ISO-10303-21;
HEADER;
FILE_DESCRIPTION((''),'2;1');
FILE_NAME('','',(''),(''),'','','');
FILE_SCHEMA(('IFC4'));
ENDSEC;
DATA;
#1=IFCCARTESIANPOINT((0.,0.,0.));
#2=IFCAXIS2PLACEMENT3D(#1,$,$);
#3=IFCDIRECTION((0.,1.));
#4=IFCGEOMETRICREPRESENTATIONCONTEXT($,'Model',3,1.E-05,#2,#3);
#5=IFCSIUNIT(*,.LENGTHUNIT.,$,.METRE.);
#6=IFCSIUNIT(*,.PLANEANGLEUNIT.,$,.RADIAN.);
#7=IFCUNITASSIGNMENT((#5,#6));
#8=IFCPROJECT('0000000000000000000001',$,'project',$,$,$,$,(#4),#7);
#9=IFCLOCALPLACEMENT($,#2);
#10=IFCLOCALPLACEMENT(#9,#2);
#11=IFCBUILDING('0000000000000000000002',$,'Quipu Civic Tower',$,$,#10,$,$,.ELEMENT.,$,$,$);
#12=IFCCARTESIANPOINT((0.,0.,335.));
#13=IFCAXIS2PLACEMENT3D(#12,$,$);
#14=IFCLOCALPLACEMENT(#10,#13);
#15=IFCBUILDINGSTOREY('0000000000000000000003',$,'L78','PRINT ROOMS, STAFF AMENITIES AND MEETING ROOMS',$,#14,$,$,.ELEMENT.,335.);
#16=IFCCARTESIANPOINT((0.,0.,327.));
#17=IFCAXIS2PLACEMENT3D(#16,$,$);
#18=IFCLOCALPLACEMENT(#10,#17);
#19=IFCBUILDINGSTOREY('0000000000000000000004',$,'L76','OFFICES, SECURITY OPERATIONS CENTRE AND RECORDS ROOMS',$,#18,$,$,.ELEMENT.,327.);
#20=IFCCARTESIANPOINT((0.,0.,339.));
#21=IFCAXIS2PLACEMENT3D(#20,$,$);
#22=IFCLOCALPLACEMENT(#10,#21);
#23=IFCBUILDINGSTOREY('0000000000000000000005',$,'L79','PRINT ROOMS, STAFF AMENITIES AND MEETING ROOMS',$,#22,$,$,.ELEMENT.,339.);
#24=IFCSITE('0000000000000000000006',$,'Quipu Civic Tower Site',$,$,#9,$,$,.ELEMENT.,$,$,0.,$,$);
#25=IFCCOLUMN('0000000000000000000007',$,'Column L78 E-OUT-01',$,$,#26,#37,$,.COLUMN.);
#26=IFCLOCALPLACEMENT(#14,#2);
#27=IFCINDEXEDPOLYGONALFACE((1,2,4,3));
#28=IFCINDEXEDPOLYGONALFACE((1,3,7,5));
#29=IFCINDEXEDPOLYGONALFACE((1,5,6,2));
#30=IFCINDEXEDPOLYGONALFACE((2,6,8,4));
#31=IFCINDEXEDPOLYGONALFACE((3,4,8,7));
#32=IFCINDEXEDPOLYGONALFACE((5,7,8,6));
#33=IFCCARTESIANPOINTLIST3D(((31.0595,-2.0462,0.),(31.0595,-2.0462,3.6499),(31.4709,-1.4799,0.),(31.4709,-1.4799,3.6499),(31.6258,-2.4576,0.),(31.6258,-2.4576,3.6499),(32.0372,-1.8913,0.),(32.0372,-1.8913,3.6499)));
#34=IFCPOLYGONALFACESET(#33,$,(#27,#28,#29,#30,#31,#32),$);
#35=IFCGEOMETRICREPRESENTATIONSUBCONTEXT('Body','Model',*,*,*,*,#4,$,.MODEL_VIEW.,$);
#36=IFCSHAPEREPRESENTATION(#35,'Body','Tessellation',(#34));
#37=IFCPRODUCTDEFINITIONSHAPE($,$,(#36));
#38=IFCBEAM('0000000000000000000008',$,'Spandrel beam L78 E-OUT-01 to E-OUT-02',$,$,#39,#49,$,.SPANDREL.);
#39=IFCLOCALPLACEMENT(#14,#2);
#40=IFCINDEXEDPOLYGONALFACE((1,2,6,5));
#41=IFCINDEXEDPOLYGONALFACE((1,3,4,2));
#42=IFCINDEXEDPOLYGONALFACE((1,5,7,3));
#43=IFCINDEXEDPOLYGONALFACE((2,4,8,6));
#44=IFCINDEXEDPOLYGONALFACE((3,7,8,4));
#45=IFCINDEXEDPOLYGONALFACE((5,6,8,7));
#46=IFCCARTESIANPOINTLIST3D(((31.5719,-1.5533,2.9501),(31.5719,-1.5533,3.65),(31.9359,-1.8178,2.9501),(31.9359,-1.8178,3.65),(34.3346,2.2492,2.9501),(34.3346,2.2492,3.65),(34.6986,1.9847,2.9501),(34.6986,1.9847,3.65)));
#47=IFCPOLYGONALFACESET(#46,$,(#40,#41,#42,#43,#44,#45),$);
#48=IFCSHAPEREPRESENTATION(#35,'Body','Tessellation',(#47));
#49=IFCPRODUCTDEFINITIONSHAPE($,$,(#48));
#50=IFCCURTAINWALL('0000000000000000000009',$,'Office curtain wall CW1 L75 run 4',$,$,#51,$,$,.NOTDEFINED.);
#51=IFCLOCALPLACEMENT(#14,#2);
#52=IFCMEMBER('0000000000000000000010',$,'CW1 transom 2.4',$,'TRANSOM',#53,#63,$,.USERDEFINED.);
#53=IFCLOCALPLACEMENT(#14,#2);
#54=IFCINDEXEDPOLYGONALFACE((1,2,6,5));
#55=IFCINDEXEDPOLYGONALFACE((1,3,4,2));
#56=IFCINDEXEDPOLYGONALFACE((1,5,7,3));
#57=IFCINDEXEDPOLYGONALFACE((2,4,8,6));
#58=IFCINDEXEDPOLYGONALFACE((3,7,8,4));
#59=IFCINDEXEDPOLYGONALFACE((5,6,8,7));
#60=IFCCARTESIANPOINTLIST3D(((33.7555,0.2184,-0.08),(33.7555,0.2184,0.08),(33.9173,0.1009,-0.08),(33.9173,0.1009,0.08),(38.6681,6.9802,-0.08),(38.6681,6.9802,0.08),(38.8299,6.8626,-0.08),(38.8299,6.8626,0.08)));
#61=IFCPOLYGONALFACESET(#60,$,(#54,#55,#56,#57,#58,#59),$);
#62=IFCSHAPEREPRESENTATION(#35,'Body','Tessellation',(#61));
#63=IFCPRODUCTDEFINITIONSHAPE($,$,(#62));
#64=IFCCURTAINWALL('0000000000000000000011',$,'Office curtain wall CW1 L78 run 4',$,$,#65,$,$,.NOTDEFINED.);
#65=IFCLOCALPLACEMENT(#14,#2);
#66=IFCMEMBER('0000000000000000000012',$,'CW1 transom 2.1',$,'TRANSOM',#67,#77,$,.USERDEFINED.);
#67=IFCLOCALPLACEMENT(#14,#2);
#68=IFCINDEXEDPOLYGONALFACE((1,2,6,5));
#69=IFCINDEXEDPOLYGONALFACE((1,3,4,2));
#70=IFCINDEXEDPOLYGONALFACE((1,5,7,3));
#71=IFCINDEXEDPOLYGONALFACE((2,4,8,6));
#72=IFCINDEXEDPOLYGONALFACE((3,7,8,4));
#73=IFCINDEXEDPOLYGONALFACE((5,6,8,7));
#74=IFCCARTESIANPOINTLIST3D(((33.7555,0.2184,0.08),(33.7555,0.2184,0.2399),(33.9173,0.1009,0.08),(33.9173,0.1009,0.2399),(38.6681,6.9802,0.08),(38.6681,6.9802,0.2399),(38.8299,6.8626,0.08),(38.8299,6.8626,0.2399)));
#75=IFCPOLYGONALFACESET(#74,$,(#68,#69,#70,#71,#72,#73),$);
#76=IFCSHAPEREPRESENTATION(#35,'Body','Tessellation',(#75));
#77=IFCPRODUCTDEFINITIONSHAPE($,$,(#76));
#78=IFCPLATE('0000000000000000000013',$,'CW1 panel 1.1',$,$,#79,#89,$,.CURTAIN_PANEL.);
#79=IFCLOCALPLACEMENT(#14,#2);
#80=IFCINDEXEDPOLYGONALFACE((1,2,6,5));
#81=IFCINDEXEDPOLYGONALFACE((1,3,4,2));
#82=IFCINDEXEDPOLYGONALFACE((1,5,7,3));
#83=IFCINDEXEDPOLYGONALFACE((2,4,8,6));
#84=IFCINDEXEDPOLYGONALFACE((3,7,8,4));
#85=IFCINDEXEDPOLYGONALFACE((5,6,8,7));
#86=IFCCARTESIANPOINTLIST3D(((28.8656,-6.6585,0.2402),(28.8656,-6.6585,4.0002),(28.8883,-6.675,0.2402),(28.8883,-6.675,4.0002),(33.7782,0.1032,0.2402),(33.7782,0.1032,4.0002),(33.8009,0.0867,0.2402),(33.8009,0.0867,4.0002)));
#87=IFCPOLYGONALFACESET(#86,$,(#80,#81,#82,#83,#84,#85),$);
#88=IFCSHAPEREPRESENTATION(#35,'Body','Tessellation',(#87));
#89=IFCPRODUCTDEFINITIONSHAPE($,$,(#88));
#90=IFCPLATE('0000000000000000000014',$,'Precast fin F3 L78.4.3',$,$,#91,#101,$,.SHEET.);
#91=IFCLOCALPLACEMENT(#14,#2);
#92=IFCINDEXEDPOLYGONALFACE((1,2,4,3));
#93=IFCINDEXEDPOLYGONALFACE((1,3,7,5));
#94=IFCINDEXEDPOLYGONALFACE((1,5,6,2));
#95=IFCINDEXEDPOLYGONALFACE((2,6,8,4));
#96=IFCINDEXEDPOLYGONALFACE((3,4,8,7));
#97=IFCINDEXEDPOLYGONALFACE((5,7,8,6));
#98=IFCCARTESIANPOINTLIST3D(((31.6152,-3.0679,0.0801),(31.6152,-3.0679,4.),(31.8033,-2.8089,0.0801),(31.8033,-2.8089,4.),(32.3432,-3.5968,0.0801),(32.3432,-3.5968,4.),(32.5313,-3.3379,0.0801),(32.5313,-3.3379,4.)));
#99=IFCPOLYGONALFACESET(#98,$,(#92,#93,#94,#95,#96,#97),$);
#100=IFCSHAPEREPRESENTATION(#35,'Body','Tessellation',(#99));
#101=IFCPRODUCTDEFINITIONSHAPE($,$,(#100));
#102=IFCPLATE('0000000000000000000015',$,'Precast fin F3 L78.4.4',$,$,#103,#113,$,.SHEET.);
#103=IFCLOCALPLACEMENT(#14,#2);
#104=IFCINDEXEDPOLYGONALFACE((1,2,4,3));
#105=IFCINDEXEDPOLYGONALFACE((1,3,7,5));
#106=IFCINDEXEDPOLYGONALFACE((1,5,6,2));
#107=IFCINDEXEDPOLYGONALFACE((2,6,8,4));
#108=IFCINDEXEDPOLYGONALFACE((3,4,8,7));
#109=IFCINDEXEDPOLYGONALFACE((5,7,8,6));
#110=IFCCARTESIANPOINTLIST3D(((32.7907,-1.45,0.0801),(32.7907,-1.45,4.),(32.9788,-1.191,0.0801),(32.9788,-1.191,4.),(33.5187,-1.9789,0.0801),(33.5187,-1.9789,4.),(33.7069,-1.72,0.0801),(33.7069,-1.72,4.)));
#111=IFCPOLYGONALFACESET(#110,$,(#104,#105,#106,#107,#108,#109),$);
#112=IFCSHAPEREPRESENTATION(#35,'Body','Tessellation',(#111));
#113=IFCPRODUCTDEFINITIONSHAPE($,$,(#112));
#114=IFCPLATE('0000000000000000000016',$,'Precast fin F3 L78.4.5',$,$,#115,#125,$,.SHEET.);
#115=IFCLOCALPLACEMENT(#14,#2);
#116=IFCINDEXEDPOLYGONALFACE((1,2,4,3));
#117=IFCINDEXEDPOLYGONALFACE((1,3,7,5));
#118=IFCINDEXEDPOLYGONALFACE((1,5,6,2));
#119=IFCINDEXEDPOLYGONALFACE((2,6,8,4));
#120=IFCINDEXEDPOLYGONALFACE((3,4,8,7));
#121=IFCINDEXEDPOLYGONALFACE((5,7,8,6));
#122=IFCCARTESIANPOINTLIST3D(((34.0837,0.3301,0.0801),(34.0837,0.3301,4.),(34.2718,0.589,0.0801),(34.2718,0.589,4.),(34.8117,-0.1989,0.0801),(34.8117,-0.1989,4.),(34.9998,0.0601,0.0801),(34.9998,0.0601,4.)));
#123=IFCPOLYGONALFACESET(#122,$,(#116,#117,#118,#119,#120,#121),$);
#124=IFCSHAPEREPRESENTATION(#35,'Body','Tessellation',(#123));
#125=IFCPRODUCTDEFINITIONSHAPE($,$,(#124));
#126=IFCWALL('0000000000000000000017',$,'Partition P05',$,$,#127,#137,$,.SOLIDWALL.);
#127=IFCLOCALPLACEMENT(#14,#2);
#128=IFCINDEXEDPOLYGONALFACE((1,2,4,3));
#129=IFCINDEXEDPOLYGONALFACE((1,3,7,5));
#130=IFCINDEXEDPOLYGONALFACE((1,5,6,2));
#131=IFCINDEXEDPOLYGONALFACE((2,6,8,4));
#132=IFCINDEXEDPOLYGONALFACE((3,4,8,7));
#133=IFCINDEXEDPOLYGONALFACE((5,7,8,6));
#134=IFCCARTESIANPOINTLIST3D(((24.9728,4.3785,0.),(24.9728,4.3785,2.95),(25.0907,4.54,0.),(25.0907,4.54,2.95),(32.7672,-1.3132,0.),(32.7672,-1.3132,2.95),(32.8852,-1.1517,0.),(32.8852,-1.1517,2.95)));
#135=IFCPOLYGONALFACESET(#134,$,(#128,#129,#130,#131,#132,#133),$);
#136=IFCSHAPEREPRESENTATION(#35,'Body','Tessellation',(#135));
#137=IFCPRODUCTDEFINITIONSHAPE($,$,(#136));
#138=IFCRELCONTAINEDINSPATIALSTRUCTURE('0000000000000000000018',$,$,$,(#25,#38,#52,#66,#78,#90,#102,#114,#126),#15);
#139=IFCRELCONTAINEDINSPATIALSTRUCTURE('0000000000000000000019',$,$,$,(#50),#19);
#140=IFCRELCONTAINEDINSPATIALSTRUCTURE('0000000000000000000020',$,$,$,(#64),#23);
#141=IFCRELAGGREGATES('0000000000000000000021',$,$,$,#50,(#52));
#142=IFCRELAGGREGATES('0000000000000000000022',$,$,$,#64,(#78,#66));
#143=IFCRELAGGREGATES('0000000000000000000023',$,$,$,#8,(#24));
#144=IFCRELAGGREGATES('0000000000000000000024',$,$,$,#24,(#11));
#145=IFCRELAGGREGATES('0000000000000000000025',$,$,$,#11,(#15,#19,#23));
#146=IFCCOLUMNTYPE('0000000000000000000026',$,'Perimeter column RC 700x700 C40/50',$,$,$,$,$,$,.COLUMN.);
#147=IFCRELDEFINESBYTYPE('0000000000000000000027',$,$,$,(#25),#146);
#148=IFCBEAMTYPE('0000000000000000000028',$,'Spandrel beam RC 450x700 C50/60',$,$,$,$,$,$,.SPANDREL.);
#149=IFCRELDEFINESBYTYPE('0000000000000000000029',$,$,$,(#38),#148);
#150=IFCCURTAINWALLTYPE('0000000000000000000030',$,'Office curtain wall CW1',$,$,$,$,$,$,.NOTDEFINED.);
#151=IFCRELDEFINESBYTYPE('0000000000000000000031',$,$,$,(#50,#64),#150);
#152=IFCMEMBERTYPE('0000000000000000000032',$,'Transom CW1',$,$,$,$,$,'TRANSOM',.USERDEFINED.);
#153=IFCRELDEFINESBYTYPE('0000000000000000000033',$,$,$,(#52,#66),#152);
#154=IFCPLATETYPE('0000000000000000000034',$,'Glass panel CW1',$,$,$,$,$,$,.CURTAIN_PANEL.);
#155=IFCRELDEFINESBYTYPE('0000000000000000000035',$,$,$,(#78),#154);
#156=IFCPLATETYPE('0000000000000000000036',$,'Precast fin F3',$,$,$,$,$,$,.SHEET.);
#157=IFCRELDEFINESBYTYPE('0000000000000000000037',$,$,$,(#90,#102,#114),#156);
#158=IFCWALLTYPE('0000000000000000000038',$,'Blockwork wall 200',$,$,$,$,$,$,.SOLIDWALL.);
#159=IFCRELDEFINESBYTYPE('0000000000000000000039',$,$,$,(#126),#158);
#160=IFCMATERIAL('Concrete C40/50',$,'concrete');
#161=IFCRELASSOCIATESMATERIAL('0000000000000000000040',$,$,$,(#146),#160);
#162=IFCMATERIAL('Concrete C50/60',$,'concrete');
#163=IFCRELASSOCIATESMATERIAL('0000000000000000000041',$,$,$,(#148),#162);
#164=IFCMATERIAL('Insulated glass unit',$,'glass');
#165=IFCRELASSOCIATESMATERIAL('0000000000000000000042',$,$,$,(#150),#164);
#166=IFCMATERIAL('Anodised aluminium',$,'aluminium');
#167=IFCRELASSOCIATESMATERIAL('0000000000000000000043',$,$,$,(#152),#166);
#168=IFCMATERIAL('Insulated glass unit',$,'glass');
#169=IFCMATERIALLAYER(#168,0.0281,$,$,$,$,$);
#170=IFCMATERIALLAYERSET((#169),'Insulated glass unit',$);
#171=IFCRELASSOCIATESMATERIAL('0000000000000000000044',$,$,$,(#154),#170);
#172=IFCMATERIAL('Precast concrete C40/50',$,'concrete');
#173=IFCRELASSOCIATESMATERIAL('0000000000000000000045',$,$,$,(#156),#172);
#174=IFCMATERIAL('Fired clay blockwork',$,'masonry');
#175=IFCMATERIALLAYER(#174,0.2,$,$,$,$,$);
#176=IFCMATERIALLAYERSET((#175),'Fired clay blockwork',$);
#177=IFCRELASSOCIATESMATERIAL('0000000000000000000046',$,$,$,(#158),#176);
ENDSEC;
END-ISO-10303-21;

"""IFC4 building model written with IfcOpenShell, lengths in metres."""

from ifc_helpers import new_model, si_unit, direction, frame, frame_2d, origin, origin_2d, place, context, subcontext, project, spatial, rectangle, extrude, material, layer, layer_set, material_profile, profile_set, type_object, element, aggregate, save


model = new_model("IFC4")

# Units and contexts
model_context = context("Model", 3, precision=1e-05, world=origin(), true_north=direction((0.0, 1.0)))
body_context = subcontext(model_context, "Body", "Model", "MODEL_VIEW")
ifc_project = project(units=[si_unit("LENGTHUNIT", "METRE"), si_unit("PLANEANGLEUNIT", "RADIAN")], contexts=[model_context])

# Site, building, storey
site_placement = place(None, origin())
site = spatial("IfcSite", under=ifc_project, at=site_placement, Name="Quipu Civic Tower Site", CompositionType="ELEMENT", RefElevation=0.0)
building_placement = place(site_placement, origin())
building = spatial("IfcBuilding", under=site, at=building_placement, Name="Quipu Civic Tower", CompositionType="ELEMENT")
storey_1_placement = place(building_placement, frame((0.0, 0.0, 335.0)))
storey_1 = spatial("IfcBuildingStorey", under=building, at=storey_1_placement, Name="L78", Description="PRINT ROOMS, STAFF AMENITIES AND MEETING ROOMS", CompositionType="ELEMENT", Elevation=335.0)

# Column
ifc_material_1 = material(Name="Concrete C40/50", Category="concrete")
ifc_material_profile_1 = material_profile(ifc_material_1, rectangle(XDim=0.7, YDim=0.7, at=origin_2d()), Name="RC700x700")
ifc_profile_set_1 = profile_set([ifc_material_profile_1], Name="Concrete C40/50")
column_type = type_object("IfcColumnType", Name="Perimeter column RC 700x700 C40/50", PredefinedType="COLUMN", material=ifc_profile_set_1)
column_placement = place(storey_1_placement, frame((31.5483, -1.9688, 0.0), z_axis=(0.0, 0.0, 1.0), x_axis=(0.587785, 0.809017, 0.0)))
element("IfcColumn", 1, at=column_placement, inside=storey_1, type_object=column_type, Name="Column L78 E-OUT-01", PredefinedType="COLUMN", context=body_context, shape_type="SweptSolid", body=[
    extrude(rectangle(XDim=0.7, YDim=0.7, at=origin_2d()), origin(), (0.0, 0.0, 1.0), 3.6499),
])

# Beam
ifc_material_2 = material(Name="Concrete C50/60", Category="concrete")
ifc_material_profile_2 = material_profile(ifc_material_2, rectangle(XDim=0.45, YDim=0.7, at=origin_2d()), Name="RC450x700")
ifc_profile_set_2 = profile_set([ifc_material_profile_2], Name="Concrete C50/60")
beam_type = type_object("IfcBeamType", Name="Spandrel beam RC 450x700 C50/60", PredefinedType="SPANDREL", material=ifc_profile_set_2)
beam_placement = place(storey_1_placement, frame((31.7539, -1.6855, 3.3), z_axis=(0.587789, 0.809015, 0.0), x_axis=(-0.809015, 0.587789, 0.0)))
element("IfcBeam", 2, at=beam_placement, inside=storey_1, type_object=beam_type, Name="Spandrel beam L78 E-OUT-01 to E-OUT-02", PredefinedType="SPANDREL", context=body_context, shape_type="SweptSolid", body=[
    extrude(rectangle(XDim=0.45, YDim=0.7, at=origin_2d()), origin(), (0.0, 0.0, 1.0), 4.7002),
])

# Shared definitions
storey_2_placement = place(building_placement, frame((0.0, 0.0, 327.0)))
storey_2 = spatial("IfcBuildingStorey", under=building, at=storey_2_placement, Name="L76", Description="OFFICES, SECURITY OPERATIONS CENTRE AND RECORDS ROOMS", CompositionType="ELEMENT", Elevation=327.0)

# Curtain wall, member
ifc_material_3 = material(Name="Insulated glass unit", Category="glass")
curtain_wall_type = type_object("IfcCurtainWallType", Name="Office curtain wall CW1", PredefinedType="NOTDEFINED", material=ifc_material_3)
curtain_wall_1_placement = place(storey_2_placement, origin())
curtain_wall_1 = element("IfcCurtainWall", 3, at=curtain_wall_1_placement, inside=storey_2, type_object=curtain_wall_type, Name="Office curtain wall CW1 L75 run 4", PredefinedType="NOTDEFINED")
ifc_material_4 = material(Name="Anodised aluminium", Category="aluminium")
ifc_material_profile_3 = material_profile(ifc_material_4, rectangle(XDim=0.2, YDim=0.1599, at=origin_2d()), Name="RECT 200x160")
ifc_profile_set_3 = profile_set([ifc_material_profile_3], Name="Anodised aluminium")
member_type = type_object("IfcMemberType", Name="Transom CW1", ElementType="TRANSOM", PredefinedType="USERDEFINED", material=ifc_profile_set_3)
member_1_placement = place(storey_1_placement, frame((33.8364, 0.1597, 0.0), z_axis=(0.587779, 0.809021, 0.0), x_axis=(-0.809021, 0.587779, 0.0)))
member_1 = element("IfcMember", 4, at=member_1_placement, inside=storey_1, type_object=member_type, Name="CW1 transom 2.4", ObjectType="TRANSOM", PredefinedType="USERDEFINED", context=body_context, shape_type="SweptSolid", body=[
    extrude(rectangle(XDim=0.2, YDim=0.1599, at=origin_2d()), origin(), (0.0, 0.0, 1.0), 8.3579),
])
aggregate(curtain_wall_1, [member_1])

# Shared definitions
storey_3_placement = place(building_placement, frame((0.0, 0.0, 339.0)))
storey_3 = spatial("IfcBuildingStorey", under=building, at=storey_3_placement, Name="L79", Description="PRINT ROOMS, STAFF AMENITIES AND MEETING ROOMS", CompositionType="ELEMENT", Elevation=339.0)

# Curtain wall, member, plate
curtain_wall_2_placement = place(storey_3_placement, origin())
curtain_wall_2 = element("IfcCurtainWall", 5, at=curtain_wall_2_placement, inside=storey_3, type_object=curtain_wall_type, Name="Office curtain wall CW1 L78 run 4", PredefinedType="NOTDEFINED")
member_2_placement = place(storey_1_placement, frame((33.8364, 0.1597, 0.1599), z_axis=(0.587779, 0.809021, 0.0), x_axis=(-0.809021, 0.587779, 0.0)))
member_2 = element("IfcMember", 6, at=member_2_placement, inside=storey_1, type_object=member_type, Name="CW1 transom 2.1", ObjectType="TRANSOM", PredefinedType="USERDEFINED", context=body_context, shape_type="SweptSolid", body=[
    extrude(rectangle(XDim=0.2, YDim=0.1599, at=origin_2d()), origin(), (0.0, 0.0, 1.0), 8.3579),
])
ifc_material_5 = material(Name="Insulated glass unit", Category="glass")
ifc_layer_1 = layer(ifc_material_5, 0.0281)
ifc_layer_set_1 = layer_set([ifc_layer_1], Name="Insulated glass unit")
plate_type_1 = type_object("IfcPlateType", Name="Glass panel CW1", PredefinedType="CURTAIN_PANEL", material=ifc_layer_set_1)
plate_placement = place(storey_1_placement, frame((31.3333, -3.2859, 0.2402), z_axis=(0.0, 0.0, 1.0), x_axis=(0.587786, 0.809016, 0.0)))
plate = element("IfcPlate", 7, at=plate_placement, inside=storey_1, type_object=plate_type_1, Name="CW1 panel 1.1", PredefinedType="CURTAIN_PANEL", context=body_context, shape_type="SweptSolid", body=[
    extrude(rectangle(XDim=8.3579, YDim=0.0281, at=origin_2d()), origin(), (0.0, 0.0, 1.0), 3.76),
])
aggregate(curtain_wall_2, [plate, member_2])

# Plates
ifc_material_6 = material(Name="Precast concrete C40/50", Category="concrete")
plate_type_2 = type_object("IfcPlateType", Name="Precast fin F3", PredefinedType="SHEET", material=ifc_material_6)
for number, where, z_axis, x_axis, name in (
    (8, (32.0732, -3.2029, 0.0801), (0.0, 0.0, 1.0), (0.587787, 0.809016, 0.0), "Precast fin F3 L78.4.3"),
    (9, (33.2488, -1.585, 0.0801), (0.0, 0.0, 1.0), (0.587787, 0.809016, 0.0), "Precast fin F3 L78.4.4"),
    (10, (34.5417, 0.1951, 0.0801), (0.0, 0.0, 1.0), (0.587787, 0.809016, 0.0), "Precast fin F3 L78.4.5"),
):
    element("IfcPlate", number, at=place(storey_1_placement, frame(where, z_axis=z_axis, x_axis=x_axis)), inside=storey_1, type_object=plate_type_2, Name=name, PredefinedType="SHEET", context=body_context, shape_type="SweptSolid", body=[
        extrude(rectangle(XDim=0.3201, YDim=0.8999, at=origin_2d()), origin(), (0.0, 0.0, 1.0), 3.9199),
    ])

# Wall
ifc_material_7 = material(Name="Fired clay blockwork", Category="masonry")
ifc_layer_2 = layer(ifc_material_7, 0.2)
ifc_layer_set_2 = layer_set([ifc_layer_2], Name="Fired clay blockwork")
wall_type_1 = type_object("IfcWallType", Name="Blockwork wall 200", PredefinedType="SOLIDWALL", material=ifc_layer_set_2)
wall_1_placement = place(storey_1_placement, frame((25.0317, 4.4592, 0.0), z_axis=(0.0, 0.0, 1.0), x_axis=(0.807602, -0.589727, 0.0)))
element("IfcWall", 11, at=wall_1_placement, inside=storey_1, type_object=wall_type_1, Name="Partition P05", PredefinedType="SOLIDWALL", context=body_context, shape_type="SweptSolid", body=[
    extrude(rectangle(XDim=9.6514, YDim=0.2, at=frame_2d((4.8257, 0.0))), origin(), (0.0, 0.0, 1.0), 2.95),
])

save(model, "model.ifc")
